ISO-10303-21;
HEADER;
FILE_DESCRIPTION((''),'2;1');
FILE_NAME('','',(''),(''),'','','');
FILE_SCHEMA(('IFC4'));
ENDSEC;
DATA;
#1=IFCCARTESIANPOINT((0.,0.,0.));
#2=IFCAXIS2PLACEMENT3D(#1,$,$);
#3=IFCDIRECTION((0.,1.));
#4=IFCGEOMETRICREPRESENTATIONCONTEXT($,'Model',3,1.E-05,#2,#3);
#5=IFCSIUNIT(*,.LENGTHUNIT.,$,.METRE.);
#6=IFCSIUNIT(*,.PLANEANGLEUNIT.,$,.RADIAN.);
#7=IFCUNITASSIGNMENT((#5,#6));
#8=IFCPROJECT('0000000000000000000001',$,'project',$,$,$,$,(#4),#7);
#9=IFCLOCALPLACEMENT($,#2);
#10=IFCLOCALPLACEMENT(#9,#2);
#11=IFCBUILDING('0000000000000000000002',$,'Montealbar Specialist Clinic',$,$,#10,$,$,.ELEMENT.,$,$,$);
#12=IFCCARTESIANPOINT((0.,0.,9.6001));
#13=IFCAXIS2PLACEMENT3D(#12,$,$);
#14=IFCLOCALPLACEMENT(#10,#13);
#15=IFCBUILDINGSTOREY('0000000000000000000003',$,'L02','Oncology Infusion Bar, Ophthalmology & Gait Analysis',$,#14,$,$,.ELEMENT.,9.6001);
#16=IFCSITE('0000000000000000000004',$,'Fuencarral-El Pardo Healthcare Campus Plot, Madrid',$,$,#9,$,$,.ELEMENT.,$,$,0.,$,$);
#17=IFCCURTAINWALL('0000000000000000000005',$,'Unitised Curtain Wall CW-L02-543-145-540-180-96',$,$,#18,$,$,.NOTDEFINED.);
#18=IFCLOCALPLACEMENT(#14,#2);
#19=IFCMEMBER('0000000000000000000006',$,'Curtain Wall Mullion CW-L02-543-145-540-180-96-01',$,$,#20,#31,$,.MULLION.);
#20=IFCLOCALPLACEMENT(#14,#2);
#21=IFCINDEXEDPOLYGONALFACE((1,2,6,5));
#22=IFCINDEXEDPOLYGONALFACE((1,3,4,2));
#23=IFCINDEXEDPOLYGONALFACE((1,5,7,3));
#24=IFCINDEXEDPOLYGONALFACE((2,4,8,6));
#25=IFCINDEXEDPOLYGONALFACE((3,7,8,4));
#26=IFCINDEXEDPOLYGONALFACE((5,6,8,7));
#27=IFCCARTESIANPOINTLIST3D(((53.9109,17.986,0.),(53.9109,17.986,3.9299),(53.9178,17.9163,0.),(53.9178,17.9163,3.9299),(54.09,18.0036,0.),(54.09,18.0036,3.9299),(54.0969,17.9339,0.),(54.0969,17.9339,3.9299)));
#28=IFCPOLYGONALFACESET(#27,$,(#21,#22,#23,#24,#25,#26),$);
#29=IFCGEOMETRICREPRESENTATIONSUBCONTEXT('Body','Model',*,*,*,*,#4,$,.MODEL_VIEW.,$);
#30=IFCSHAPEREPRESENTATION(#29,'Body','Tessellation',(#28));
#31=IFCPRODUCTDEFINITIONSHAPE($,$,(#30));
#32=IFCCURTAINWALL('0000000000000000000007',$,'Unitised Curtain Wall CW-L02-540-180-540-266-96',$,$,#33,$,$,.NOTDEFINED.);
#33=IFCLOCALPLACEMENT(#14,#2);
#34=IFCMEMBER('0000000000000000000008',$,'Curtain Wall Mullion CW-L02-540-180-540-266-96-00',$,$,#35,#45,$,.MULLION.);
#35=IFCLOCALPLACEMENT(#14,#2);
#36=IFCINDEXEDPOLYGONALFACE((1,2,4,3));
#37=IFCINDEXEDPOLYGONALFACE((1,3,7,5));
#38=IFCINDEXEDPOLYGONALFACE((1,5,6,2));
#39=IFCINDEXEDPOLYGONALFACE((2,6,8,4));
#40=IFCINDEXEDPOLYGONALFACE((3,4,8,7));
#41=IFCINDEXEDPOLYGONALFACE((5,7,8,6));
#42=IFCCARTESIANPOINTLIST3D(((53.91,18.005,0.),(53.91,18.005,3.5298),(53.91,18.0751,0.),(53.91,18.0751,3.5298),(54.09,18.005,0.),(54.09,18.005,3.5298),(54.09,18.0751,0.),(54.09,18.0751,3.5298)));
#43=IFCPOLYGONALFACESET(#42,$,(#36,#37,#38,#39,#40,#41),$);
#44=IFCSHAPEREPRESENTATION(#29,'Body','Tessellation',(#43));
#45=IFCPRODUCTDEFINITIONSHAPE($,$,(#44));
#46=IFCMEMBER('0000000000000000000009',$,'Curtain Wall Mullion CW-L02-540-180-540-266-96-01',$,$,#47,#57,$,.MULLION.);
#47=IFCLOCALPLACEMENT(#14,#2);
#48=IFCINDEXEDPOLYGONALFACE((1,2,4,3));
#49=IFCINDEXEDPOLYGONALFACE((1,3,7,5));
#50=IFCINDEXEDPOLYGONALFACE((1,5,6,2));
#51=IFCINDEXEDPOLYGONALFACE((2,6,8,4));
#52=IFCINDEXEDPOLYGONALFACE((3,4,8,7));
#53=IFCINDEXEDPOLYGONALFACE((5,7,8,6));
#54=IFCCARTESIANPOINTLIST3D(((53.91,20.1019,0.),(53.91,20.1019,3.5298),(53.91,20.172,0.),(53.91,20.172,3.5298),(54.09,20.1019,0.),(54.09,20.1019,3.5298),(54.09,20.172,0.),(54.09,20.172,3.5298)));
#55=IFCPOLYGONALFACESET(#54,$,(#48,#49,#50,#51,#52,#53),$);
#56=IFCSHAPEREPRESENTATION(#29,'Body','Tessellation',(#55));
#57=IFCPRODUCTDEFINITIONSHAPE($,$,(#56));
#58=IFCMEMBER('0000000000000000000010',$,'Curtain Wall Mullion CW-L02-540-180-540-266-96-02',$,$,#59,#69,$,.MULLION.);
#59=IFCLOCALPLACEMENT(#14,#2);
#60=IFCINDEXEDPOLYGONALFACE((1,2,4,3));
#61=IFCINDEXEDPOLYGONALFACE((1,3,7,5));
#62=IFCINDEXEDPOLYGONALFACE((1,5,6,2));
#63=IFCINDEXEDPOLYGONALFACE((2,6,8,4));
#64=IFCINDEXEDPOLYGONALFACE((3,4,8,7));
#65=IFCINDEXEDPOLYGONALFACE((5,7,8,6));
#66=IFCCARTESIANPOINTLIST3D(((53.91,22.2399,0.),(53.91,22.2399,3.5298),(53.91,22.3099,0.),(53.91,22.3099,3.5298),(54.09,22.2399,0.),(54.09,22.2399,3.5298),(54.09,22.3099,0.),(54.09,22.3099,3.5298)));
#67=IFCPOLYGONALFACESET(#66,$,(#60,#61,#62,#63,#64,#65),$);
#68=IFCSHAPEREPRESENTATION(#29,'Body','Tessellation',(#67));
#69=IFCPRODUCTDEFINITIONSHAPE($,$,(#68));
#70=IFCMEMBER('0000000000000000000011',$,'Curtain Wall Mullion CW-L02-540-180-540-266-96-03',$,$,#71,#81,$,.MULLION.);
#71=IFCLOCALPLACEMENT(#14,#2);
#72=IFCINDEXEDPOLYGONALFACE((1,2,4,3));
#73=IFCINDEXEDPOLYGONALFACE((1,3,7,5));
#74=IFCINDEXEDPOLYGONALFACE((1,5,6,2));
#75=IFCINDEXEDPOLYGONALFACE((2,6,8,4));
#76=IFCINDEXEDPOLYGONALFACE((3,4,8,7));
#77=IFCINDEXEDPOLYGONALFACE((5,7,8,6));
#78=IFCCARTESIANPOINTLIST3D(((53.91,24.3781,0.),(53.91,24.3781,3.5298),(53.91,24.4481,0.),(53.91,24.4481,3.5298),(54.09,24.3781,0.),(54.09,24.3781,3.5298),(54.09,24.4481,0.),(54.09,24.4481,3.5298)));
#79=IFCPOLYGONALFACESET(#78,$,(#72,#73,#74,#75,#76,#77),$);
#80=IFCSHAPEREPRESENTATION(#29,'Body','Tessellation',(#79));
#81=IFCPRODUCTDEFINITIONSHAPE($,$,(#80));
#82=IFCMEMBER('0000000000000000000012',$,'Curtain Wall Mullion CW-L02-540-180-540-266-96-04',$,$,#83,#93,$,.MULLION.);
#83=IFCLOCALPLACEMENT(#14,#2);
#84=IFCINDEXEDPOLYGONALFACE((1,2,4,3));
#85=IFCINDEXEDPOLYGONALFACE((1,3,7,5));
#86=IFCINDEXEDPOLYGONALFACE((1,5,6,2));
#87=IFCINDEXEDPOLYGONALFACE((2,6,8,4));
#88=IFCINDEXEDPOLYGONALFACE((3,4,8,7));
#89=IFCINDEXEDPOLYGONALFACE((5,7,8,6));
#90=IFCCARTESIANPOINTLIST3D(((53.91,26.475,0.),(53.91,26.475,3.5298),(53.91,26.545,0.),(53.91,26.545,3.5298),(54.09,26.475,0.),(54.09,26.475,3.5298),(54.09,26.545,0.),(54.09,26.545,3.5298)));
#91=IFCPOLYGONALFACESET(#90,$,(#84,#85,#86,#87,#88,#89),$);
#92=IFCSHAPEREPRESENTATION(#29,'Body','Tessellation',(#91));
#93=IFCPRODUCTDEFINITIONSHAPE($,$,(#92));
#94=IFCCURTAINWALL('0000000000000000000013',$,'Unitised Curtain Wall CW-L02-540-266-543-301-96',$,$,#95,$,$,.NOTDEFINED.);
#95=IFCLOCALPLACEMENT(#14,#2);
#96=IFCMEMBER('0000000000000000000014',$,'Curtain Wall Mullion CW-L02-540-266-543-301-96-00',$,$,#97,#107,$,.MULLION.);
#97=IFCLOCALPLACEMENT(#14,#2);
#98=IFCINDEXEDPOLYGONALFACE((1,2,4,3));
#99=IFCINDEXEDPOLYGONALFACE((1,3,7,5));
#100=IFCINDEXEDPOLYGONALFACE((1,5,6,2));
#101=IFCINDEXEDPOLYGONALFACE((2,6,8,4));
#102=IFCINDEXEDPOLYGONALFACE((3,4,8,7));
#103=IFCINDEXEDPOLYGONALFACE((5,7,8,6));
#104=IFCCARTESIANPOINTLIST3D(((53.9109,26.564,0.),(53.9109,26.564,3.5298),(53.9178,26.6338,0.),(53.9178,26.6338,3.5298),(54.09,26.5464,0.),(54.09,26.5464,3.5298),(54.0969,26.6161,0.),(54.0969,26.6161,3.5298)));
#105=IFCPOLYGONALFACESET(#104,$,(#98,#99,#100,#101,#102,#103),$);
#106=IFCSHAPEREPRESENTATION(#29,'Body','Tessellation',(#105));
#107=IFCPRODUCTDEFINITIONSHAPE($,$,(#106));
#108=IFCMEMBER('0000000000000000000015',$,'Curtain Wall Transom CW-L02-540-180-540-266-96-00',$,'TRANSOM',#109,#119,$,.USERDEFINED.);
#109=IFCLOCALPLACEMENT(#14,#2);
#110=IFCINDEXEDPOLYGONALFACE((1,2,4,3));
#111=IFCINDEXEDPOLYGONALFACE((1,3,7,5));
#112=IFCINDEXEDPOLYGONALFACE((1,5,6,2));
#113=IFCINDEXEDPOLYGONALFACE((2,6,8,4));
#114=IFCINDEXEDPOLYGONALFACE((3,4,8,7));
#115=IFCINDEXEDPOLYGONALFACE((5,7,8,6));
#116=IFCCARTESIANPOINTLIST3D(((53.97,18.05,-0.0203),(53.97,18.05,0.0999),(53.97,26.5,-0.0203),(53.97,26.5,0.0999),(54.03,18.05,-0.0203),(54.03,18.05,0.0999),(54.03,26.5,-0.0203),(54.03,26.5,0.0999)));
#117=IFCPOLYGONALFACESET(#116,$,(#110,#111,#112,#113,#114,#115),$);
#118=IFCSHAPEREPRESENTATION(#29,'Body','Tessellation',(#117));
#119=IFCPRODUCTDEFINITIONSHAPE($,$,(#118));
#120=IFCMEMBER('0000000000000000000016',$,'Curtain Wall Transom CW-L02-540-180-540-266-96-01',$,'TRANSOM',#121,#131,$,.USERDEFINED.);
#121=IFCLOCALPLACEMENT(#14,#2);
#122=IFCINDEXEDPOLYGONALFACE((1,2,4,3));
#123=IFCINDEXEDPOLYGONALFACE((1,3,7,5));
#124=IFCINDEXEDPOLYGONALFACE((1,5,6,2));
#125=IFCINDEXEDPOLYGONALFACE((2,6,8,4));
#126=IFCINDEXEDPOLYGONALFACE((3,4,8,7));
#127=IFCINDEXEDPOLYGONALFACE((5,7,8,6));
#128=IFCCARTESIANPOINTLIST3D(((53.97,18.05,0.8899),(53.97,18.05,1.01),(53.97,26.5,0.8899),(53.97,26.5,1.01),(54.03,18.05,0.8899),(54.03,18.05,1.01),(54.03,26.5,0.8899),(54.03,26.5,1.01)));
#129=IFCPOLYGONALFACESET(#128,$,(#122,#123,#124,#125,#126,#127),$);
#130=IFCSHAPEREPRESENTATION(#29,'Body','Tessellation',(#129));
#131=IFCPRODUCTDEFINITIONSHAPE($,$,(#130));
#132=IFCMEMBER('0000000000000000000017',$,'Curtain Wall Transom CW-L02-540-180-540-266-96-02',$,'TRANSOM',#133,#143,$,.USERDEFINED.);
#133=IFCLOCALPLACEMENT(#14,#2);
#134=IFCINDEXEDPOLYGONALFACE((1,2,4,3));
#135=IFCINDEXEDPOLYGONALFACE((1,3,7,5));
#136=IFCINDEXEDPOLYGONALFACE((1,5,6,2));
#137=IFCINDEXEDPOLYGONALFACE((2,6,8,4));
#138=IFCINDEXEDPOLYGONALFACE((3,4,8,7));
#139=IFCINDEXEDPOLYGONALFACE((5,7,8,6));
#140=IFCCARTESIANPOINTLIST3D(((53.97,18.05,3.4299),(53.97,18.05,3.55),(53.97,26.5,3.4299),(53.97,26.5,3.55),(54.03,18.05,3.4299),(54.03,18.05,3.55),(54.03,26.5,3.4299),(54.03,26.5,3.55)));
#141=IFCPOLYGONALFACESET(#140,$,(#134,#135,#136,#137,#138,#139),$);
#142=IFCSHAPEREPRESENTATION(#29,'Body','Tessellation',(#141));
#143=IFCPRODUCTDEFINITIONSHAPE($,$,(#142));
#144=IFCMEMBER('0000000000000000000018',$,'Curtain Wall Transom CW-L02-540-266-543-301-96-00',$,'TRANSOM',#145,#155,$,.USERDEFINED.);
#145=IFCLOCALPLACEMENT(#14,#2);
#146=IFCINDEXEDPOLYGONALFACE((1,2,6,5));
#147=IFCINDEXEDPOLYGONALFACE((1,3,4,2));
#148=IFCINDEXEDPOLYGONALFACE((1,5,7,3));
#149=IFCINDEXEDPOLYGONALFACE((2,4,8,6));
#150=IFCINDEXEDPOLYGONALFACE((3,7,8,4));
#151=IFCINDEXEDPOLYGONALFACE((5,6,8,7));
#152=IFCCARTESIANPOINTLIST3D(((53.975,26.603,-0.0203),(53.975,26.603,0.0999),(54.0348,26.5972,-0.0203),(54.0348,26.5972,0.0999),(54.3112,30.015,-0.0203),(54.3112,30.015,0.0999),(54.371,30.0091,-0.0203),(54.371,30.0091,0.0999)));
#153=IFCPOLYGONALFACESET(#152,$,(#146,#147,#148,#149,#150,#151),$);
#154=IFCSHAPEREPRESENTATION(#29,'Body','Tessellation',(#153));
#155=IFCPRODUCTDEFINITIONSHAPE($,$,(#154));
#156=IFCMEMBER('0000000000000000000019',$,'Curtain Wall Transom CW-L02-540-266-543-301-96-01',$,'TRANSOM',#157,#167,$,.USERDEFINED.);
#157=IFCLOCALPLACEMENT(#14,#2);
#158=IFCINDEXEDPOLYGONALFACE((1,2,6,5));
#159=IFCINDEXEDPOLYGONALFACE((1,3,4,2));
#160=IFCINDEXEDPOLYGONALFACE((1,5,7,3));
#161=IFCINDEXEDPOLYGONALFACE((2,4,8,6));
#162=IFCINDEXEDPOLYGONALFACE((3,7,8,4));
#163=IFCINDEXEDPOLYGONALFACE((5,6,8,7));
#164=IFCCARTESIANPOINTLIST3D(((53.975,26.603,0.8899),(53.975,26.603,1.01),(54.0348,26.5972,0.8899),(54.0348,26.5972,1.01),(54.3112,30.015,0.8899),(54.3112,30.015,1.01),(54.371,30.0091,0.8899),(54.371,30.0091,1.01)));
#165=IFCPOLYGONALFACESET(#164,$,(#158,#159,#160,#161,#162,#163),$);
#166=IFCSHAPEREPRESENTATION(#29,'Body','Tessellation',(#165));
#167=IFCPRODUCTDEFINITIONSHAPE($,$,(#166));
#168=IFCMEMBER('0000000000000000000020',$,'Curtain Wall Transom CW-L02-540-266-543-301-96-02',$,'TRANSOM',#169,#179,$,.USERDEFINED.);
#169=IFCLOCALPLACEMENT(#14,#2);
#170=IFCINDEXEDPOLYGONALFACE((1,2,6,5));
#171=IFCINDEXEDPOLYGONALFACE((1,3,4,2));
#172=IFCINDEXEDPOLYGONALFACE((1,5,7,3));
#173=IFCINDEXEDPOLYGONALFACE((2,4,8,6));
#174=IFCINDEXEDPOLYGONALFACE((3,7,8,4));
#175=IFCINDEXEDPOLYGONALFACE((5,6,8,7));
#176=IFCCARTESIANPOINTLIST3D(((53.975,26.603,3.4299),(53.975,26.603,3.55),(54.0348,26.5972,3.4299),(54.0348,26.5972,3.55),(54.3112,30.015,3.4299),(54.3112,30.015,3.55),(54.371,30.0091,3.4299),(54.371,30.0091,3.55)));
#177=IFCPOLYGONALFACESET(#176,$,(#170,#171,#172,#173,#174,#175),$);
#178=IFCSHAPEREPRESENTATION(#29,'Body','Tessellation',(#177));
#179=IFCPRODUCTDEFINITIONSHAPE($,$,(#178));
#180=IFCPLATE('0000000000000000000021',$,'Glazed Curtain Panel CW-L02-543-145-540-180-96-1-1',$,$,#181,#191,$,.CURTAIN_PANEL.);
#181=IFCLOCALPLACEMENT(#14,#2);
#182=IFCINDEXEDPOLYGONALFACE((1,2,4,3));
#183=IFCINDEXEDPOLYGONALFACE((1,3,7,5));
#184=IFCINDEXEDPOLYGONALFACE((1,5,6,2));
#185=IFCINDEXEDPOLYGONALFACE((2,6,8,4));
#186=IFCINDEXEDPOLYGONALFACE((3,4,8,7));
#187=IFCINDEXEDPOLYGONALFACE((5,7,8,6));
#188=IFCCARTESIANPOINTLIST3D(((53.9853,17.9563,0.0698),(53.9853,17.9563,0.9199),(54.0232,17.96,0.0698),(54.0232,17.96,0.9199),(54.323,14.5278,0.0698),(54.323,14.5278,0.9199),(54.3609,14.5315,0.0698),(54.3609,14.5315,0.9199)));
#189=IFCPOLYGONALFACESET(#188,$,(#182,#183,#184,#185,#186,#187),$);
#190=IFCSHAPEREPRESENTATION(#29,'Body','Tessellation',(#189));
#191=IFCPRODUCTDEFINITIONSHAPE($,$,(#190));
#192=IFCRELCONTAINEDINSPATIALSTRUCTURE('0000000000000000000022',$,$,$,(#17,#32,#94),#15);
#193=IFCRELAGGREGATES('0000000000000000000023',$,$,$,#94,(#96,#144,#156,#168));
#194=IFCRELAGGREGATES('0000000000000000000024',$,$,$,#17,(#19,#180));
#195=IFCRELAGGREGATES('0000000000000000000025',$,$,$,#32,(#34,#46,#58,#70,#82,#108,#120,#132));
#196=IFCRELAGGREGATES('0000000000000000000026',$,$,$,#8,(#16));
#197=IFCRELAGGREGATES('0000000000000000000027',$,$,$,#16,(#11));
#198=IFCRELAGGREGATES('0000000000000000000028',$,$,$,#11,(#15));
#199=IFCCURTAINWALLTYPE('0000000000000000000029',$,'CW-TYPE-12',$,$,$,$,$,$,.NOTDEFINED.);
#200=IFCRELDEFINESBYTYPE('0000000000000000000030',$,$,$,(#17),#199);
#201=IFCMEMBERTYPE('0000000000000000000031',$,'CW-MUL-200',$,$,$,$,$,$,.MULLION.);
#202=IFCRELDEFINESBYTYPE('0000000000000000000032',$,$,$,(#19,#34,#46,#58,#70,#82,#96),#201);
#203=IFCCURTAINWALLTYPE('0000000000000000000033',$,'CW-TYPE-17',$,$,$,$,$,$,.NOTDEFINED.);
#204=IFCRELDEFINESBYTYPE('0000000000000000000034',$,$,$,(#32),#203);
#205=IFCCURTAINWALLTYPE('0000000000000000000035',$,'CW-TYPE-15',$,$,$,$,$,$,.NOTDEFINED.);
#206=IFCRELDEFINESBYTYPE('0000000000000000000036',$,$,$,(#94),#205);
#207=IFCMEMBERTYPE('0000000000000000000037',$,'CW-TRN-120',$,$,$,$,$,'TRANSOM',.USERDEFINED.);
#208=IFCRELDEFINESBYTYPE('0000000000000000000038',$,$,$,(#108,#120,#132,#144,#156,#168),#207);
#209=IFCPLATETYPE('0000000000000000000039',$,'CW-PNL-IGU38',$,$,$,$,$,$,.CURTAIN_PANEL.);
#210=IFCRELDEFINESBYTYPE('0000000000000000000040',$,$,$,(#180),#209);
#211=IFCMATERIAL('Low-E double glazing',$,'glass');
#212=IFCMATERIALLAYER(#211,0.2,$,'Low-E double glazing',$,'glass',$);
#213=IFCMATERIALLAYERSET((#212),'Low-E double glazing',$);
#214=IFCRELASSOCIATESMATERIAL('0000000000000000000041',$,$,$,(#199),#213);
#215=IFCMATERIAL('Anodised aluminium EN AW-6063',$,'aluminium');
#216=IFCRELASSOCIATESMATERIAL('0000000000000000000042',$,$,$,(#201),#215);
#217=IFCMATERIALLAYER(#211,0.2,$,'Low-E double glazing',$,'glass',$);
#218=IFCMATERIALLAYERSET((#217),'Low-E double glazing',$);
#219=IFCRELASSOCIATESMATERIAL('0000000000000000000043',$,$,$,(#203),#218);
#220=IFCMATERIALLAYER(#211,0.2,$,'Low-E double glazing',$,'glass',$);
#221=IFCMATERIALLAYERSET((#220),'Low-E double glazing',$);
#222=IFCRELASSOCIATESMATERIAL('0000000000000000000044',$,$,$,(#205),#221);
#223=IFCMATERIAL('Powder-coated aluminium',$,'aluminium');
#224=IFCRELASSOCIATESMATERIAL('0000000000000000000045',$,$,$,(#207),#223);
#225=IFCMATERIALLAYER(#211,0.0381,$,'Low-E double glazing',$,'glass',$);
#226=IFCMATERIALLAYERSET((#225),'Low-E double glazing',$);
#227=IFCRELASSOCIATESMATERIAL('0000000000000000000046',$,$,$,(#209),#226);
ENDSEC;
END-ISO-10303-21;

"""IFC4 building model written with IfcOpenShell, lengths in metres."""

from ifc_helpers import new_model, si_unit, direction, frame, origin, origin_2d, place, context, subcontext, project, spatial, rectangle, extrude, material, layer, layer_set, material_profile, profile_set, type_object, element, aggregate, save


model = new_model("IFC4")

# Units and contexts
model_context = context("Model", 3, precision=1e-05, world=origin(), true_north=direction((0.0, 1.0)))
body_context = subcontext(model_context, "Body", "Model", "MODEL_VIEW")
ifc_project = project(units=[si_unit("LENGTHUNIT", "METRE"), si_unit("PLANEANGLEUNIT", "RADIAN")], contexts=[model_context])

# Site, building, storey
site_placement = place(None, origin())
site = spatial("IfcSite", under=ifc_project, at=site_placement, Name="Fuencarral-El Pardo Healthcare Campus Plot, Madrid", CompositionType="ELEMENT", RefElevation=0.0)
building_placement = place(site_placement, origin())
building = spatial("IfcBuilding", under=site, at=building_placement, Name="Montealbar Specialist Clinic", CompositionType="ELEMENT")
storey_placement = place(building_placement, frame((0.0, 0.0, 9.6001)))
storey = spatial("IfcBuildingStorey", under=building, at=storey_placement, Name="L02", Description="Oncology Infusion Bar, Ophthalmology & Gait Analysis", CompositionType="ELEMENT", Elevation=9.6001)

# Curtain wall, member
ifc_material_1 = material(Name="Low-E double glazing", Category="glass")
ifc_layer_1 = layer(ifc_material_1, 0.2, Name="Low-E double glazing", Category="glass")
ifc_layer_set_1 = layer_set([ifc_layer_1], Name="Low-E double glazing")
curtain_wall_type_1 = type_object("IfcCurtainWallType", Name="CW-TYPE-12", PredefinedType="NOTDEFINED", material=ifc_layer_set_1)
curtain_wall_1_placement = place(storey_placement, origin())
curtain_wall_1 = element("IfcCurtainWall", 1, at=curtain_wall_1_placement, inside=storey, type_object=curtain_wall_type_1, Name="Unitised Curtain Wall CW-L02-543-145-540-180-96", PredefinedType="NOTDEFINED")
ifc_material_2 = material(Name="Anodised aluminium EN AW-6063", Category="aluminium")
ifc_material_profile_1 = material_profile(ifc_material_2, rectangle(XDim=0.0701, YDim=0.1799, at=origin_2d()), Name="ALU 70x180", Category="aluminium")
ifc_profile_set_1 = profile_set([ifc_material_profile_1], Name="Anodised aluminium EN AW-6063")
member_type_1 = type_object("IfcMemberType", Name="CW-MUL-200", PredefinedType="MULLION", material=ifc_profile_set_1)
member_1_placement = place(storey_placement, frame((54.0039, 17.96, 0.0), z_axis=(0.0, 0.0, 1.0), x_axis=(-0.098045, 0.995182, 0.0)))
member_1 = element("IfcMember", 2, at=member_1_placement, type_object=member_type_1, Name="Curtain Wall Mullion CW-L02-543-145-540-180-96-01", PredefinedType="MULLION", context=body_context, shape_type="SweptSolid", body=[
    extrude(rectangle(XDim=0.0701, YDim=0.1799, at=origin_2d()), origin(), (0.0, 0.0, 1.0), 3.9299),
])

# Curtain wall, members
ifc_layer_2 = layer(ifc_material_1, 0.2, Name="Low-E double glazing", Category="glass")
ifc_layer_set_2 = layer_set([ifc_layer_2], Name="Low-E double glazing")
curtain_wall_type_2 = type_object("IfcCurtainWallType", Name="CW-TYPE-17", PredefinedType="NOTDEFINED", material=ifc_layer_set_2)
curtain_wall_2_placement = place(storey_placement, origin())
curtain_wall_2 = element("IfcCurtainWall", 3, at=curtain_wall_2_placement, inside=storey, type_object=curtain_wall_type_2, Name="Unitised Curtain Wall CW-L02-540-180-540-266-96", PredefinedType="NOTDEFINED")
member_2_placement = place(storey_placement, frame((54.0, 18.04, 0.0), z_axis=(0.0, 0.0, 1.0), x_axis=(0.0, 1.0, 0.0)))
member_2 = element("IfcMember", 4, at=member_2_placement, type_object=member_type_1, Name="Curtain Wall Mullion CW-L02-540-180-540-266-96-00", PredefinedType="MULLION", context=body_context, shape_type="SweptSolid", body=[
    extrude(rectangle(XDim=0.0701, YDim=0.1799, at=origin_2d()), origin(), (0.0, 0.0, 1.0), 3.5298),
])
member_3_placement = place(storey_placement, frame((54.0, 20.137, 0.0), z_axis=(0.0, 0.0, 1.0), x_axis=(0.0, 1.0, 0.0)))
member_3 = element("IfcMember", 5, at=member_3_placement, type_object=member_type_1, Name="Curtain Wall Mullion CW-L02-540-180-540-266-96-01", PredefinedType="MULLION", context=body_context, shape_type="SweptSolid", body=[
    extrude(rectangle(XDim=0.0701, YDim=0.1799, at=origin_2d()), origin(), (0.0, 0.0, 1.0), 3.5298),
])
member_4_placement = place(storey_placement, frame((54.0, 22.2749, 0.0), z_axis=(0.0, 0.0, 1.0), x_axis=(0.0, 1.0, 0.0)))
member_4 = element("IfcMember", 6, at=member_4_placement, type_object=member_type_1, Name="Curtain Wall Mullion CW-L02-540-180-540-266-96-02", PredefinedType="MULLION", context=body_context, shape_type="SweptSolid", body=[
    extrude(rectangle(XDim=0.0701, YDim=0.1799, at=origin_2d()), origin(), (0.0, 0.0, 1.0), 3.5298),
])
member_5_placement = place(storey_placement, frame((54.0, 24.4131, 0.0), z_axis=(0.0, 0.0, 1.0), x_axis=(0.0, 1.0, 0.0)))
member_5 = element("IfcMember", 7, at=member_5_placement, type_object=member_type_1, Name="Curtain Wall Mullion CW-L02-540-180-540-266-96-03", PredefinedType="MULLION", context=body_context, shape_type="SweptSolid", body=[
    extrude(rectangle(XDim=0.0701, YDim=0.1799, at=origin_2d()), origin(), (0.0, 0.0, 1.0), 3.5298),
])
member_6_placement = place(storey_placement, frame((54.0, 26.51, 0.0), z_axis=(0.0, 0.0, 1.0), x_axis=(0.0, 1.0, 0.0)))
member_6 = element("IfcMember", 8, at=member_6_placement, type_object=member_type_1, Name="Curtain Wall Mullion CW-L02-540-180-540-266-96-04", PredefinedType="MULLION", context=body_context, shape_type="SweptSolid", body=[
    extrude(rectangle(XDim=0.0701, YDim=0.1799, at=origin_2d()), origin(), (0.0, 0.0, 1.0), 3.5298),
])

# Curtain wall, member
ifc_layer_3 = layer(ifc_material_1, 0.2, Name="Low-E double glazing", Category="glass")
ifc_layer_set_3 = layer_set([ifc_layer_3], Name="Low-E double glazing")
curtain_wall_type_3 = type_object("IfcCurtainWallType", Name="CW-TYPE-15", PredefinedType="NOTDEFINED", material=ifc_layer_set_3)
curtain_wall_3_placement = place(storey_placement, origin())
curtain_wall_3 = element("IfcCurtainWall", 9, at=curtain_wall_3_placement, inside=storey, type_object=curtain_wall_type_3, Name="Unitised Curtain Wall CW-L02-540-266-543-301-96", PredefinedType="NOTDEFINED")
member_7_placement = place(storey_placement, frame((54.0039, 26.5901, 0.0), z_axis=(0.0, 0.0, 1.0), x_axis=(0.098045, 0.995182, 0.0)))
member_7 = element("IfcMember", 10, at=member_7_placement, type_object=member_type_1, Name="Curtain Wall Mullion CW-L02-540-266-543-301-96-00", PredefinedType="MULLION", context=body_context, shape_type="SweptSolid", body=[
    extrude(rectangle(XDim=0.0701, YDim=0.1799, at=origin_2d()), origin(), (0.0, 0.0, 1.0), 3.5298),
])

# Members
ifc_material_3 = material(Name="Powder-coated aluminium", Category="aluminium")
ifc_material_profile_2 = material_profile(ifc_material_3, rectangle(XDim=0.0601, YDim=0.1201, at=origin_2d()), Name="ALU 60x120", Category="aluminium")
ifc_profile_set_2 = profile_set([ifc_material_profile_2], Name="Powder-coated aluminium")
member_type_2 = type_object("IfcMemberType", Name="CW-TRN-120", ElementType="TRANSOM", PredefinedType="USERDEFINED", material=ifc_profile_set_2)
member_8_placement = place(storey_placement, frame((54.0, 18.05, 0.0398), z_axis=(0.0, 1.0, 0.0), x_axis=(-1.0, 0.0, 0.0)))
member_8 = element("IfcMember", 11, at=member_8_placement, type_object=member_type_2, Name="Curtain Wall Transom CW-L02-540-180-540-266-96-00", ObjectType="TRANSOM", PredefinedType="USERDEFINED", context=body_context, shape_type="SweptSolid", body=[
    extrude(rectangle(XDim=0.0601, YDim=0.1201, at=origin_2d()), origin(), (0.0, 0.0, 1.0), 8.45),
])
member_9_placement = place(storey_placement, frame((54.0, 18.05, 0.95), z_axis=(0.0, 1.0, 0.0), x_axis=(-1.0, 0.0, 0.0)))
member_9 = element("IfcMember", 12, at=member_9_placement, type_object=member_type_2, Name="Curtain Wall Transom CW-L02-540-180-540-266-96-01", ObjectType="TRANSOM", PredefinedType="USERDEFINED", context=body_context, shape_type="SweptSolid", body=[
    extrude(rectangle(XDim=0.0601, YDim=0.1201, at=origin_2d()), origin(), (0.0, 0.0, 1.0), 8.45),
])
member_10_placement = place(storey_placement, frame((54.0, 18.05, 3.49), z_axis=(0.0, 1.0, 0.0), x_axis=(-1.0, 0.0, 0.0)))
member_10 = element("IfcMember", 13, at=member_10_placement, type_object=member_type_2, Name="Curtain Wall Transom CW-L02-540-180-540-266-96-02", ObjectType="TRANSOM", PredefinedType="USERDEFINED", context=body_context, shape_type="SweptSolid", body=[
    extrude(rectangle(XDim=0.0601, YDim=0.1201, at=origin_2d()), origin(), (0.0, 0.0, 1.0), 8.45),
])
member_11_placement = place(storey_placement, frame((54.0049, 26.6001, 0.0398), z_axis=(0.098058, 0.995181, 0.0), x_axis=(-0.995181, 0.098058, 0.0)))
member_11 = element("IfcMember", 14, at=member_11_placement, type_object=member_type_2, Name="Curtain Wall Transom CW-L02-540-266-543-301-96-00", ObjectType="TRANSOM", PredefinedType="USERDEFINED", context=body_context, shape_type="SweptSolid", body=[
    extrude(rectangle(XDim=0.0601, YDim=0.1201, at=origin_2d()), origin(), (0.0, 0.0, 1.0), 3.4285),
])
member_12_placement = place(storey_placement, frame((54.0049, 26.6001, 0.95), z_axis=(0.098058, 0.995181, 0.0), x_axis=(-0.995181, 0.098058, 0.0)))
member_12 = element("IfcMember", 15, at=member_12_placement, type_object=member_type_2, Name="Curtain Wall Transom CW-L02-540-266-543-301-96-01", ObjectType="TRANSOM", PredefinedType="USERDEFINED", context=body_context, shape_type="SweptSolid", body=[
    extrude(rectangle(XDim=0.0601, YDim=0.1201, at=origin_2d()), origin(), (0.0, 0.0, 1.0), 3.4285),
])
member_13_placement = place(storey_placement, frame((54.0049, 26.6001, 3.49), z_axis=(0.098058, 0.995181, 0.0), x_axis=(-0.995181, 0.098058, 0.0)))
member_13 = element("IfcMember", 16, at=member_13_placement, type_object=member_type_2, Name="Curtain Wall Transom CW-L02-540-266-543-301-96-02", ObjectType="TRANSOM", PredefinedType="USERDEFINED", context=body_context, shape_type="SweptSolid", body=[
    extrude(rectangle(XDim=0.0601, YDim=0.1201, at=origin_2d()), origin(), (0.0, 0.0, 1.0), 3.4285),
])
aggregate(curtain_wall_3, [member_7, member_11, member_12, member_13])

# Plate
ifc_layer_4 = layer(ifc_material_1, 0.0381, Name="Low-E double glazing", Category="glass")
ifc_layer_set_4 = layer_set([ifc_layer_4], Name="Low-E double glazing")
plate_type = type_object("IfcPlateType", Name="CW-PNL-IGU38", PredefinedType="CURTAIN_PANEL", material=ifc_layer_set_4)
plate_1_placement = place(storey_placement, frame((54.1731, 16.2439, 0.0698), z_axis=(0.0, 0.0, 1.0), x_axis=(-0.098045, 0.995182, 0.0)))
plate_1 = element("IfcPlate", 17, at=plate_1_placement, type_object=plate_type, Name="Glazed Curtain Panel CW-L02-543-145-540-180-96-1-1", PredefinedType="CURTAIN_PANEL", context=body_context, shape_type="SweptSolid", body=[
    extrude(rectangle(XDim=3.4451, YDim=0.0381, at=origin_2d()), origin(), (0.0, 0.0, 1.0), 0.8501),
])
aggregate(curtain_wall_1, [member_1, plate_1])
aggregate(curtain_wall_2, [member_2, member_3, member_4, member_5, member_6, member_8, member_9, member_10])

save(model, "model.ifc")
